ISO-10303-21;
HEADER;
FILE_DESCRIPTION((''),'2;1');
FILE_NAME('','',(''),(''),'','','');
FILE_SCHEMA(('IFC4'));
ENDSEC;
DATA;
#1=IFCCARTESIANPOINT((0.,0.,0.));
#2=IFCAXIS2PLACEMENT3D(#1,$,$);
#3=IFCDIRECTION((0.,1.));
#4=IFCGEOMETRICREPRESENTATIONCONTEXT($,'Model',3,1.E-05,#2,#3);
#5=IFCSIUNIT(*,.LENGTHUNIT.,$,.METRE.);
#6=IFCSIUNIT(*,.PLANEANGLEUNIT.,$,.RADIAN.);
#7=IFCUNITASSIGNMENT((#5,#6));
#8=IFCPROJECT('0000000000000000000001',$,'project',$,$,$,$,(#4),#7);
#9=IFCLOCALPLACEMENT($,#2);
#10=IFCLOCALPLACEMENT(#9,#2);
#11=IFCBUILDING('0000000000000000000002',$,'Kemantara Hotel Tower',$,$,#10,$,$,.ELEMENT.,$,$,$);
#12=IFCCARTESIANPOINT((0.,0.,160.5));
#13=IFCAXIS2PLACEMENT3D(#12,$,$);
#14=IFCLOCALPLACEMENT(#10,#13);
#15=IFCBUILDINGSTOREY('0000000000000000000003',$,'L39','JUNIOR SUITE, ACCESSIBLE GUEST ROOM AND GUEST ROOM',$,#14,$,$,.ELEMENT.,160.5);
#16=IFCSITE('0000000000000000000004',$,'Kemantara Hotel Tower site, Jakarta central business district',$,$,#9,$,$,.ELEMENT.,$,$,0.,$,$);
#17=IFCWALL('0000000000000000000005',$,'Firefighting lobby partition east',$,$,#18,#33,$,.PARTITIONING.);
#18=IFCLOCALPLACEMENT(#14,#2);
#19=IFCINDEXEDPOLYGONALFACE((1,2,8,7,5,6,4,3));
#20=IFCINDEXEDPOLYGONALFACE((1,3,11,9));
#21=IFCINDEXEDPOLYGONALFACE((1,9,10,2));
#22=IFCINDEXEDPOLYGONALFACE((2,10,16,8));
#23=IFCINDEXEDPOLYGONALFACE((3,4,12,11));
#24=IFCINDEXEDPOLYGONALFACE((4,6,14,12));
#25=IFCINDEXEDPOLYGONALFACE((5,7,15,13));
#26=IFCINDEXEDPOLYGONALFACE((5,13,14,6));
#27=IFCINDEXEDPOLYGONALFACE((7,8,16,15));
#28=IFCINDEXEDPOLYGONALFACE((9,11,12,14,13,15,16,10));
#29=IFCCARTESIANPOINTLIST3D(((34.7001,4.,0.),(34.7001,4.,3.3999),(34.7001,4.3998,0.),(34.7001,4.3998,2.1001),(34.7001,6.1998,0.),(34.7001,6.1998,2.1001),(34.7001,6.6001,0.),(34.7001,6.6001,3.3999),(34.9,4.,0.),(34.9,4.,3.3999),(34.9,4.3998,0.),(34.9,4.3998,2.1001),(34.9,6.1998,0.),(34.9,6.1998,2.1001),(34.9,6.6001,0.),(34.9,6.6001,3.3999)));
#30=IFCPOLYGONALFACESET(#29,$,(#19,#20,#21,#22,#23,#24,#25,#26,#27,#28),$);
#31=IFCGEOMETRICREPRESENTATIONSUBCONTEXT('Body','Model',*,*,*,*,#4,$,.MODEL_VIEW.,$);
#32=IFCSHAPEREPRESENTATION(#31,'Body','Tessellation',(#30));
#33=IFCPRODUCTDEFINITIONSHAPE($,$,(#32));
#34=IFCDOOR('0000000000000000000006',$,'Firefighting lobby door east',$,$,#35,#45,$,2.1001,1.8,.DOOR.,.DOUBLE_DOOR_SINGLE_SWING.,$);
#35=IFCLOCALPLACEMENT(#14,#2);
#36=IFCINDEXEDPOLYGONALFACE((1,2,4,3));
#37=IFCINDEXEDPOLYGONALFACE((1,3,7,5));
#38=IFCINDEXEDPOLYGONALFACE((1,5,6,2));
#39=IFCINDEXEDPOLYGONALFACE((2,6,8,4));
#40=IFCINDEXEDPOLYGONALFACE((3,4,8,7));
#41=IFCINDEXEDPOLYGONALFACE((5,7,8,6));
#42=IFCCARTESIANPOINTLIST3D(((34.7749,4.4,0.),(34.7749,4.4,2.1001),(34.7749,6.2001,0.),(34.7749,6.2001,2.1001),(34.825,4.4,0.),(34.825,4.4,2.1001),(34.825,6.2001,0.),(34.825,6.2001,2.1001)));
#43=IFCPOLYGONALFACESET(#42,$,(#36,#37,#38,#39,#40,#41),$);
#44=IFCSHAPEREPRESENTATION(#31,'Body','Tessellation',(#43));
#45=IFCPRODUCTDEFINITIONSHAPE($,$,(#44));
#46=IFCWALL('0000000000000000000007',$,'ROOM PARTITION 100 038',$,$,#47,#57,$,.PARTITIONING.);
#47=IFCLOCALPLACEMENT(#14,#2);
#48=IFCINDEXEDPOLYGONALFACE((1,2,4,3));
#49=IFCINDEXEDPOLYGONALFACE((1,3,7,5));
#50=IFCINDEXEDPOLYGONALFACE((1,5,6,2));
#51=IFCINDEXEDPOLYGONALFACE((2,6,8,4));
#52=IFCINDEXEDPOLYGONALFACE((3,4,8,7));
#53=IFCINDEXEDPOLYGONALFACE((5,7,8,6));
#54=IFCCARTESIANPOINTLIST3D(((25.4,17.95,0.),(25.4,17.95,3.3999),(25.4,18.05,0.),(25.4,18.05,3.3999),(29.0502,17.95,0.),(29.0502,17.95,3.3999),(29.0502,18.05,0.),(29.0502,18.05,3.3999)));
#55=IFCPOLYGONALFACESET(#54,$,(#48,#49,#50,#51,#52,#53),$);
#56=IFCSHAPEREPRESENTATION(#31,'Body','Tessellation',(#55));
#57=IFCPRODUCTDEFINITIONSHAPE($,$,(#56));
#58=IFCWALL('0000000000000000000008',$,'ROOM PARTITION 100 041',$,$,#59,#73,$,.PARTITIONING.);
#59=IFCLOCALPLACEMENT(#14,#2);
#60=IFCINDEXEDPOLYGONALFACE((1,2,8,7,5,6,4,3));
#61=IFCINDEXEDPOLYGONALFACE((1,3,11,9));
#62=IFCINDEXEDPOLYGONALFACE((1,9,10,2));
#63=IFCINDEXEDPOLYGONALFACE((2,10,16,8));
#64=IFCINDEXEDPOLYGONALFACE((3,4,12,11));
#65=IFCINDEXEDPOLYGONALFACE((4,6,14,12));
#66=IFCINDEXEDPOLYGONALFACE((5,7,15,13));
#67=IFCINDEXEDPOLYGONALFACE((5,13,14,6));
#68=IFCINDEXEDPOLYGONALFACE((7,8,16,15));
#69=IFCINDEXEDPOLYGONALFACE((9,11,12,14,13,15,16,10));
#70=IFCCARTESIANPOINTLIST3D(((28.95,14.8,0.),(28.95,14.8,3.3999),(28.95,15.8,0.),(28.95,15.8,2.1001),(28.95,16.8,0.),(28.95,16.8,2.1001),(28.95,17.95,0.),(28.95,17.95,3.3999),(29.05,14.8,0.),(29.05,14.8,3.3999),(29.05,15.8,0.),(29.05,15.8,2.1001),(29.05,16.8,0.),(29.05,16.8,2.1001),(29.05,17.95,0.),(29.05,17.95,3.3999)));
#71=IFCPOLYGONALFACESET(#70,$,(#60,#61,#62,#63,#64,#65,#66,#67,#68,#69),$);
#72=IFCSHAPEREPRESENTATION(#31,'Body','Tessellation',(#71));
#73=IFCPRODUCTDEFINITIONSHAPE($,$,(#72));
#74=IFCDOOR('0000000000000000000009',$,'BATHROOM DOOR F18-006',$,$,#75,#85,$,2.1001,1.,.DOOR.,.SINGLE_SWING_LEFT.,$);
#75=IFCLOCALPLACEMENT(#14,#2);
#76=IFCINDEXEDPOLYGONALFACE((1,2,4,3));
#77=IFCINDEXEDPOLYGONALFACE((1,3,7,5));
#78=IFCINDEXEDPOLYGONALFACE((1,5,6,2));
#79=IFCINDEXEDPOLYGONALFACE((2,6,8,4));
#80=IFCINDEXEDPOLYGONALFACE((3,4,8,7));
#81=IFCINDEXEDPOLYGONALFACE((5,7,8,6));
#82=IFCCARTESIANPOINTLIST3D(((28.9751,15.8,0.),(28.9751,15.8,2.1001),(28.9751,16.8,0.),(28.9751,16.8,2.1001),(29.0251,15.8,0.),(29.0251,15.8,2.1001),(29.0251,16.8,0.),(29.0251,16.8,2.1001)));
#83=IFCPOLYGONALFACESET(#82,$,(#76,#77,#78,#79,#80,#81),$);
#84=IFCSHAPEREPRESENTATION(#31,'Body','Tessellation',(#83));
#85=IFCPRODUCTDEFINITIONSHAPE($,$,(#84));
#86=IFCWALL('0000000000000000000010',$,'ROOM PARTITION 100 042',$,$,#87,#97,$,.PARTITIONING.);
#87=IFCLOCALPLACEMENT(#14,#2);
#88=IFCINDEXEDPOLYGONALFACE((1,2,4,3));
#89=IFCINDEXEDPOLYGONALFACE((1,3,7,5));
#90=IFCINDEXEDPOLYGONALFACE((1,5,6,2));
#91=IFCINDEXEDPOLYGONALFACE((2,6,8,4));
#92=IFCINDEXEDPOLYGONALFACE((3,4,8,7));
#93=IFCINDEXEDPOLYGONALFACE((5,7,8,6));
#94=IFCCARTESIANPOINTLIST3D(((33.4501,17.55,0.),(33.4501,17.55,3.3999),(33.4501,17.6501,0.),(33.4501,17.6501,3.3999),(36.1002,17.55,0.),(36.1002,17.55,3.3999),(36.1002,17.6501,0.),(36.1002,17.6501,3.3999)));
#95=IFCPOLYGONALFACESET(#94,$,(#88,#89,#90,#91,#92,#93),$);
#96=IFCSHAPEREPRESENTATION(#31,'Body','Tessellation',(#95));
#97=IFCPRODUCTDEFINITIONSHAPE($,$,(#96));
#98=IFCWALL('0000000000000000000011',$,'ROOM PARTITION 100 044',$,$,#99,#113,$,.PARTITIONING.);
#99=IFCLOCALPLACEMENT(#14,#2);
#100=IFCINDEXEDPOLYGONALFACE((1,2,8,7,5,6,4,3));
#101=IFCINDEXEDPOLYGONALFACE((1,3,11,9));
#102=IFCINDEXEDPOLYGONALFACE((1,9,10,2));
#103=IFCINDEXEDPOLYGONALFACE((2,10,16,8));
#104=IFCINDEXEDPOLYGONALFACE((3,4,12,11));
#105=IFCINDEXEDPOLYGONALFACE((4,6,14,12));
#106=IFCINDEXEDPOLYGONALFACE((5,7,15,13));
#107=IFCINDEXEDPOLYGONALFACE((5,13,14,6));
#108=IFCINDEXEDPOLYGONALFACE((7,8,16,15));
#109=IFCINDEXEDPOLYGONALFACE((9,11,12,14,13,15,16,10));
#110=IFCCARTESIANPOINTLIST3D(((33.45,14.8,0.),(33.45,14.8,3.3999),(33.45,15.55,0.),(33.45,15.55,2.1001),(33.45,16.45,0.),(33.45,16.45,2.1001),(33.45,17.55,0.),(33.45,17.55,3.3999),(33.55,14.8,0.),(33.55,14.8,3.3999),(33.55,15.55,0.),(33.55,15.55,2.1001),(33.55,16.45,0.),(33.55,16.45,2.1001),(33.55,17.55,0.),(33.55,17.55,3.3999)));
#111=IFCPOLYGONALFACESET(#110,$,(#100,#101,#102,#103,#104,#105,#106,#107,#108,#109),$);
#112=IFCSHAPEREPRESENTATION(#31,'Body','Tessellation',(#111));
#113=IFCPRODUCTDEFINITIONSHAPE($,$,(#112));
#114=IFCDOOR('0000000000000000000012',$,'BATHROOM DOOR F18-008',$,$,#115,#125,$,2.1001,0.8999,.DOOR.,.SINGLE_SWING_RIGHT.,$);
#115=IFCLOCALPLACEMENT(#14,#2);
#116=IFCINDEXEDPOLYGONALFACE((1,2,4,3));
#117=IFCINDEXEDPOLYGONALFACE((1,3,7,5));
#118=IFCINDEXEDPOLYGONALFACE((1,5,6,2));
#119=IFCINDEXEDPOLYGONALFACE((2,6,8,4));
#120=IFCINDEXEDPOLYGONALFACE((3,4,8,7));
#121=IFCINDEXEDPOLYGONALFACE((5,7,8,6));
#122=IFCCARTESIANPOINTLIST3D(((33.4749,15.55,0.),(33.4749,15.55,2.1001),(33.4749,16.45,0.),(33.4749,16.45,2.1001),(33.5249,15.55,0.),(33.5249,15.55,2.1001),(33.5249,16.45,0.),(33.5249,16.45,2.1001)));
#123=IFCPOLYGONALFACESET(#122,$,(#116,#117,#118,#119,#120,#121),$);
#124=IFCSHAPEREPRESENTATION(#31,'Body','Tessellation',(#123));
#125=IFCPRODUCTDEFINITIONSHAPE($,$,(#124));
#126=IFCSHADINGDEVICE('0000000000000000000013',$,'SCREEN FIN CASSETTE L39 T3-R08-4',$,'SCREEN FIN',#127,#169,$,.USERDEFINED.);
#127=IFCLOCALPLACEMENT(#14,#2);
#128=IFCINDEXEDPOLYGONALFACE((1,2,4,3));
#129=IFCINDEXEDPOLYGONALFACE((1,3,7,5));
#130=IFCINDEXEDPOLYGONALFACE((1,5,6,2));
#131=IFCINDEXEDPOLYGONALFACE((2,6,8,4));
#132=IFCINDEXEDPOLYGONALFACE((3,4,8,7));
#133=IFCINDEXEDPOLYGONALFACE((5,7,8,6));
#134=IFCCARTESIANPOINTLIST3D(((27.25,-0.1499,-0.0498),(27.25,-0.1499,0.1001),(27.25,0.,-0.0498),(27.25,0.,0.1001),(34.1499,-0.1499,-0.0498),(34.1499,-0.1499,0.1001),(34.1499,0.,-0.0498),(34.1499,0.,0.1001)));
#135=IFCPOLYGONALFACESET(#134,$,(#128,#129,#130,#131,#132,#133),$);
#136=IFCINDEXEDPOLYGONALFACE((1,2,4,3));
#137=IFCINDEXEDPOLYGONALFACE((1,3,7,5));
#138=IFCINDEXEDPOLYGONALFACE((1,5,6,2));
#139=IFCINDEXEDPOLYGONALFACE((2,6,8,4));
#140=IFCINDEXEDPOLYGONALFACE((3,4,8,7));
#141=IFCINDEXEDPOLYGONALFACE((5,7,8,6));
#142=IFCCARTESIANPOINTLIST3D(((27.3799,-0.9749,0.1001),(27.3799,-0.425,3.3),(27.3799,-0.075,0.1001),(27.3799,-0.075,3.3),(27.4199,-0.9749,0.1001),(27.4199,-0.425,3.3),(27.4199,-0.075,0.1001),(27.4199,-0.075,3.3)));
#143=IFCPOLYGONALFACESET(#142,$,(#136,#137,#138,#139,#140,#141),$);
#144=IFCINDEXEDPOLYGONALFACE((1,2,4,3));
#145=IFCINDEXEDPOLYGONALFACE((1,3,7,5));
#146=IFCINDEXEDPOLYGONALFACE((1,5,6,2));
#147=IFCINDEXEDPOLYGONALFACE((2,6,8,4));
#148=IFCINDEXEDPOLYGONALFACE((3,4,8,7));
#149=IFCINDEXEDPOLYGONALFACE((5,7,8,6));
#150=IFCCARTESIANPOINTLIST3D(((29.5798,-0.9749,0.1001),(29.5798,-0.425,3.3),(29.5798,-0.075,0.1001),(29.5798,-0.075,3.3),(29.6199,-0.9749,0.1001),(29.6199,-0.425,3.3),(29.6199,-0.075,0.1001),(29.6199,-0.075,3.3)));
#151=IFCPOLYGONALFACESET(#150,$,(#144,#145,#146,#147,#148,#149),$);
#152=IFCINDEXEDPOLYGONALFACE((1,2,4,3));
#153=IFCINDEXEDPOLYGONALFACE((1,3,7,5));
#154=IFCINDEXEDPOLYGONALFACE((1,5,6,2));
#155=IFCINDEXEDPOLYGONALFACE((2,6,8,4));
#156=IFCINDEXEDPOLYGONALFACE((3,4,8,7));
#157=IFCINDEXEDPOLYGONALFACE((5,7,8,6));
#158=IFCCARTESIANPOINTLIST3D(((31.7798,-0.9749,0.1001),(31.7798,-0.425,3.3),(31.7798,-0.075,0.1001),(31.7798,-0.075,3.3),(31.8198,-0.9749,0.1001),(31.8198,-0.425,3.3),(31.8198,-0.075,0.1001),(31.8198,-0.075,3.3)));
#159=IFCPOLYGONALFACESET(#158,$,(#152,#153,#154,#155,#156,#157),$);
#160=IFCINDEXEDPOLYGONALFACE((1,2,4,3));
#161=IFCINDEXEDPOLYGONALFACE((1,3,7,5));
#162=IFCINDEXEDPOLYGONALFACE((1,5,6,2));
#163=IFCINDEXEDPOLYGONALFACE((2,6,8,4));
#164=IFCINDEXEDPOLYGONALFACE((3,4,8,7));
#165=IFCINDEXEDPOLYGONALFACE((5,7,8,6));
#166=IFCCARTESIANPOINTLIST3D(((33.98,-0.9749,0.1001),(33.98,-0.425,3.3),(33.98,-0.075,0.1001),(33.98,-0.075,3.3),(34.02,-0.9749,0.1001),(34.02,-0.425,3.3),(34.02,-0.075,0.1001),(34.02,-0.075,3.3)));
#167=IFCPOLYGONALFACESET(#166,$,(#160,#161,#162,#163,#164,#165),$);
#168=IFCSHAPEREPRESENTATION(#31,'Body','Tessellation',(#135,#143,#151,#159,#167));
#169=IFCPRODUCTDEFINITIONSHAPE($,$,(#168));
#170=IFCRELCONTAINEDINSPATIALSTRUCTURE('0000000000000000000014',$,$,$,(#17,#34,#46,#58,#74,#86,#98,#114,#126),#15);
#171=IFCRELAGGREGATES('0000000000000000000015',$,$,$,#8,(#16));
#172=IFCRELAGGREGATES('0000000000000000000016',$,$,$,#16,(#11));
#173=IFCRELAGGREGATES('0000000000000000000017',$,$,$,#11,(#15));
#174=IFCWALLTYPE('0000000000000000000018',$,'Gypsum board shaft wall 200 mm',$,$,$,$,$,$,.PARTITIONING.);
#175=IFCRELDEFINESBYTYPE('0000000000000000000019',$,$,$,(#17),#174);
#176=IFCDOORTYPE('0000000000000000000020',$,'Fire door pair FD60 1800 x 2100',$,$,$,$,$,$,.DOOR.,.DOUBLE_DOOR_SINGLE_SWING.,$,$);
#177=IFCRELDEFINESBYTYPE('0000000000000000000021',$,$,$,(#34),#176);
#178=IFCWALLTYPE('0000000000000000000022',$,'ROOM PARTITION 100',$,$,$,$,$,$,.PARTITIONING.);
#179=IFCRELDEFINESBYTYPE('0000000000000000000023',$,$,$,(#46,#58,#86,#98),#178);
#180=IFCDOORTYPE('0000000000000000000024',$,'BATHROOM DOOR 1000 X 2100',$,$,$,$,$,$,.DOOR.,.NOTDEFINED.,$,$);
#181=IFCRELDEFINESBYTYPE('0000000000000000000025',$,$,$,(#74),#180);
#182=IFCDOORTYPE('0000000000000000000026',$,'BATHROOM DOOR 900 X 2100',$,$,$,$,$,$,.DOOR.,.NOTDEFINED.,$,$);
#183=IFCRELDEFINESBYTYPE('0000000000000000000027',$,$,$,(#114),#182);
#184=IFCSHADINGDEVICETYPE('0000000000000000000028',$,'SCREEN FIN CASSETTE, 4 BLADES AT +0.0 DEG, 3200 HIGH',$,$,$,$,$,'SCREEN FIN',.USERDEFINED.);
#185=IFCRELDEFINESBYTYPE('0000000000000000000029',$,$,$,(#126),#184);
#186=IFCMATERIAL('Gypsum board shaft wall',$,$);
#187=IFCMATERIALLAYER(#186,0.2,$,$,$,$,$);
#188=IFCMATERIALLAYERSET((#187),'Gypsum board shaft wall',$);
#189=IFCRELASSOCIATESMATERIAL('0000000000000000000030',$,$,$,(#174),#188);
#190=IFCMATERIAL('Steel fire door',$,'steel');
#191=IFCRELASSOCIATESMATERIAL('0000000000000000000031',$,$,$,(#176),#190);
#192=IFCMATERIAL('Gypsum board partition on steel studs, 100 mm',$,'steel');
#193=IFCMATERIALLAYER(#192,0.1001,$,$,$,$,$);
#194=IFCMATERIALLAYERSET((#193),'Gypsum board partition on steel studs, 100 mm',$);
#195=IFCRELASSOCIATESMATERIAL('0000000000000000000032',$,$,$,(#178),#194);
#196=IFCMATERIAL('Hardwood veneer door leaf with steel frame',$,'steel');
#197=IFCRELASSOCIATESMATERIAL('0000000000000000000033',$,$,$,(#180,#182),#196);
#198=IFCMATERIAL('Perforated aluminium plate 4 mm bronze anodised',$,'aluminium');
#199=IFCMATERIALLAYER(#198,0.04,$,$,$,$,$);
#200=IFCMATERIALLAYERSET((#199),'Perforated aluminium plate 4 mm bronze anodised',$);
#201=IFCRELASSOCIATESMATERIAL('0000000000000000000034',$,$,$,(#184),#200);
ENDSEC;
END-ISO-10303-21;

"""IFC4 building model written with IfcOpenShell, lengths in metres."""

from ifc_helpers import new_model, si_unit, direction, frame, frame_2d, origin, origin_2d, place, context, subcontext, project, spatial, polyline, rectangle, outline, extrude, source, transform, mapped, material, layer, layer_set, type_object, element, fill, save


model = new_model("IFC4")

# Units and contexts
model_context = context("Model", 3, precision=1e-05, world=origin(), true_north=direction((0.0, 1.0)))
body_context = subcontext(model_context, "Body", "Model", "MODEL_VIEW")
ifc_project = project(units=[si_unit("LENGTHUNIT", "METRE"), si_unit("PLANEANGLEUNIT", "RADIAN")], contexts=[model_context])

# Site, building, storey
site_placement = place(None, origin())
site = spatial("IfcSite", under=ifc_project, at=site_placement, Name="Kemantara Hotel Tower site, Jakarta central business district", CompositionType="ELEMENT", RefElevation=0.0)
building_placement = place(site_placement, origin())
building = spatial("IfcBuilding", under=site, at=building_placement, Name="Kemantara Hotel Tower", CompositionType="ELEMENT")
storey_placement = place(building_placement, frame((0.0, 0.0, 160.5)))
storey = spatial("IfcBuildingStorey", under=building, at=storey_placement, Name="L39", Description="JUNIOR SUITE, ACCESSIBLE GUEST ROOM AND GUEST ROOM", CompositionType="ELEMENT", Elevation=160.5)

# Shared definitions
ifc_material_1 = material(Name="Steel fire door", Category="steel")
ifc_material_2 = material(Name="Hardwood veneer door leaf with steel frame", Category="steel")

# Wall, opening, door
ifc_material_3 = material(Name="Gypsum board shaft wall")
ifc_layer_1 = layer(ifc_material_3, 0.2)
ifc_layer_set_1 = layer_set([ifc_layer_1], Name="Gypsum board shaft wall")
wall_type_1 = type_object("IfcWallType", Name="Gypsum board shaft wall 200 mm", PredefinedType="PARTITIONING", material=ifc_layer_set_1)
wall_1_placement = place(storey_placement, frame((34.8, 4.0, 0.0), z_axis=(0.0, 0.0, 1.0), x_axis=(0.0, 1.0, 0.0)))
wall_1 = element("IfcWall", 1, at=wall_1_placement, inside=storey, type_object=wall_type_1, Name="Firefighting lobby partition east", PredefinedType="PARTITIONING", context=body_context, shape_type="SweptSolid", body=[
    extrude(rectangle(XDim=2.6001, YDim=0.2, at=frame_2d((1.3, 0.0))), origin(), (0.0, 0.0, 1.0), 3.3999),
])
opening_1_placement = place(wall_1_placement, frame((0.3999, 0.0, 0.0)))
opening_1 = element("IfcOpeningElement", 2, at=opening_1_placement, cuts=wall_1, PredefinedType="OPENING", context=body_context, shape_type="SweptSolid", body=[
    extrude(rectangle(XDim=1.8, YDim=2.1001, at=frame_2d((0.8999, 1.05))), frame((0.0, 0.1099, 0.0), z_axis=(0.0, -1.0, 0.0), x_axis=(1.0, 0.0, 0.0)), (0.0, 0.0, 1.0), 0.22),
])
door_type_1 = type_object("IfcDoorType", Name="Fire door pair FD60 1800 x 2100", OperationType="DOUBLE_DOOR_SINGLE_SWING", PredefinedType="DOOR", material=ifc_material_1)
door_1_placement = place(opening_1_placement, frame((1.8, 0.0, 0.0), z_axis=(0.0, 0.0, 1.0), x_axis=(-1.0, 0.0, 0.0)))
door_1 = element("IfcDoor", 3, at=door_1_placement, inside=storey, type_object=door_type_1, Name="Firefighting lobby door east", OperationType="DOUBLE_DOOR_SINGLE_SWING", OverallHeight=2.1001, OverallWidth=1.8, PredefinedType="DOOR", context=body_context, shape_type="SweptSolid", body=[
    extrude(rectangle(XDim=1.8, YDim=2.1001, at=frame_2d((0.8999, 1.05))), frame((0.0, 0.0249, 0.0), z_axis=(0.0, -1.0, 0.0), x_axis=(1.0, 0.0, 0.0)), (0.0, 0.0, 1.0), 0.05),
])
fill(opening_1, door_1)

# Wall
ifc_material_4 = material(Name="Gypsum board partition on steel studs, 100 mm", Category="steel")
ifc_layer_2 = layer(ifc_material_4, 0.1001)
ifc_layer_set_2 = layer_set([ifc_layer_2], Name="Gypsum board partition on steel studs, 100 mm")
wall_type_2 = type_object("IfcWallType", Name="ROOM PARTITION 100", PredefinedType="PARTITIONING", material=ifc_layer_set_2)
wall_2_placement = place(storey_placement, frame((25.3999, 18.0, 0.0), z_axis=(0.0, 0.0, 1.0), x_axis=(1.0, 0.0, 0.0)))
element("IfcWall", 4, at=wall_2_placement, inside=storey, type_object=wall_type_2, Name="ROOM PARTITION 100 038", PredefinedType="PARTITIONING", context=body_context, shape_type="SweptSolid", body=[
    extrude(rectangle(XDim=3.6501, YDim=0.1001, at=frame_2d((1.8252, 0.0))), origin(), (0.0, 0.0, 1.0), 3.3999),
])

# Wall, opening, door
wall_3_placement = place(storey_placement, frame((29.0, 14.8, 0.0), z_axis=(0.0, 0.0, 1.0), x_axis=(0.0, 1.0, 0.0)))
wall_3 = element("IfcWall", 5, at=wall_3_placement, inside=storey, type_object=wall_type_2, Name="ROOM PARTITION 100 041", PredefinedType="PARTITIONING", context=body_context, shape_type="SweptSolid", body=[
    extrude(rectangle(XDim=3.1499, YDim=0.1001, at=frame_2d((1.575, 0.0))), origin(), (0.0, 0.0, 1.0), 3.3999),
])
opening_2_placement = place(wall_3_placement, frame((1.0, 0.0, 0.0)))
opening_2 = element("IfcOpeningElement", 6, at=opening_2_placement, cuts=wall_3, PredefinedType="OPENING", context=body_context, shape_type="SweptSolid", body=[
    extrude(rectangle(XDim=1.0, YDim=2.1001, at=frame_2d((0.5, 1.05))), frame((0.0, 0.0601, 0.0), z_axis=(0.0, -1.0, 0.0), x_axis=(1.0, 0.0, 0.0)), (0.0, 0.0, 1.0), 0.1201),
])
door_type_2 = type_object("IfcDoorType", Name="BATHROOM DOOR 1000 X 2100", OperationType="NOTDEFINED", PredefinedType="DOOR", material=ifc_material_2)
door_2_placement = place(opening_2_placement, origin())
door_2 = element("IfcDoor", 7, at=door_2_placement, inside=storey, type_object=door_type_2, Name="BATHROOM DOOR F18-006", OperationType="SINGLE_SWING_LEFT", OverallHeight=2.1001, OverallWidth=1.0, PredefinedType="DOOR", context=body_context, shape_type="SweptSolid", body=[
    extrude(rectangle(XDim=1.0, YDim=2.1001, at=frame_2d((0.5, 1.05))), frame((0.0, 0.0249, 0.0), z_axis=(0.0, -1.0, 0.0), x_axis=(1.0, 0.0, 0.0)), (0.0, 0.0, 1.0), 0.05),
])
fill(opening_2, door_2)

# Wall
wall_4_placement = place(storey_placement, frame((33.45, 17.6001, 0.0), z_axis=(0.0, 0.0, 1.0), x_axis=(1.0, 0.0, 0.0)))
element("IfcWall", 8, at=wall_4_placement, inside=storey, type_object=wall_type_2, Name="ROOM PARTITION 100 042", PredefinedType="PARTITIONING", context=body_context, shape_type="SweptSolid", body=[
    extrude(rectangle(XDim=2.6501, YDim=0.1001, at=frame_2d((1.3252, 0.0))), origin(), (0.0, 0.0, 1.0), 3.3999),
])

# Wall, opening, door
wall_5_placement = place(storey_placement, frame((33.5, 17.55, 0.0), z_axis=(0.0, 0.0, 1.0), x_axis=(0.0, -1.0, 0.0)))
wall_5 = element("IfcWall", 9, at=wall_5_placement, inside=storey, type_object=wall_type_2, Name="ROOM PARTITION 100 044", PredefinedType="PARTITIONING", context=body_context, shape_type="SweptSolid", body=[
    extrude(rectangle(XDim=2.75, YDim=0.1001, at=frame_2d((1.375, 0.0))), origin(), (0.0, 0.0, 1.0), 3.3999),
])
opening_3_placement = place(wall_5_placement, frame((1.1001, 0.0, 0.0)))
opening_3 = element("IfcOpeningElement", 10, at=opening_3_placement, cuts=wall_5, PredefinedType="OPENING", context=body_context, shape_type="SweptSolid", body=[
    extrude(rectangle(XDim=0.8999, YDim=2.1001, at=frame_2d((0.45, 1.05))), frame((0.0, 0.0601, 0.0), z_axis=(0.0, -1.0, 0.0), x_axis=(1.0, 0.0, 0.0)), (0.0, 0.0, 1.0), 0.1201),
])
door_type_3 = type_object("IfcDoorType", Name="BATHROOM DOOR 900 X 2100", OperationType="NOTDEFINED", PredefinedType="DOOR", material=ifc_material_2)
door_3_placement = place(opening_3_placement, origin())
door_3 = element("IfcDoor", 11, at=door_3_placement, inside=storey, type_object=door_type_3, Name="BATHROOM DOOR F18-008", OperationType="SINGLE_SWING_RIGHT", OverallHeight=2.1001, OverallWidth=0.8999, PredefinedType="DOOR", context=body_context, shape_type="SweptSolid", body=[
    extrude(rectangle(XDim=0.8999, YDim=2.1001, at=frame_2d((0.45, 1.05))), frame((0.0, 0.0249, 0.0), z_axis=(0.0, -1.0, 0.0), x_axis=(1.0, 0.0, 0.0)), (0.0, 0.0, 1.0), 0.05),
])
fill(opening_3, door_3)

# Shading device
ifc_material_5 = material(Name="Perforated aluminium plate 4 mm bronze anodised", Category="aluminium")
ifc_layer_3 = layer(ifc_material_5, 0.04)
ifc_layer_set_3 = layer_set([ifc_layer_3], Name="Perforated aluminium plate 4 mm bronze anodised")
shading_device_type_1 = type_object("IfcShadingDeviceType", Name="SCREEN FIN CASSETTE, 4 BLADES AT +0.0 DEG, 3200 HIGH", ElementType="SCREEN FIN", PredefinedType="USERDEFINED", material=ifc_layer_set_3)
shared_shape_1 = source(origin(), body_context, "Body", "SweptSolid", [
    extrude(rectangle(XDim=6.8999, YDim=0.1499, at=origin_2d()), frame((3.3, -0.075, -0.1499), z_axis=(0.0, 0.0, 1.0), x_axis=(1.0, 0.0, 0.0)), (0.0, 0.0, 1.0), 0.1499),
    extrude(outline(polyline([(0.0, 0.0), (0.8999, 0.0), (0.3501, 3.2), (0.0, 3.2), (0.0, 0.0)])), frame((0.02, -0.075, 0.0), z_axis=(-1.0, 0.0, 0.0), x_axis=(0.0, -1.0, 0.0)), (0.0, 0.0, 1.0), 0.04),
    extrude(outline(polyline([(0.0, 0.0), (0.8999, 0.0), (0.3501, 3.2), (0.0, 3.2), (0.0, 0.0)])), frame((2.22, -0.075, 0.0), z_axis=(-1.0, 0.0, 0.0), x_axis=(0.0, -1.0, 0.0)), (0.0, 0.0, 1.0), 0.04),
    extrude(outline(polyline([(0.0, 0.0), (0.8999, 0.0), (0.3501, 3.2), (0.0, 3.2), (0.0, 0.0)])), frame((4.4199, -0.075, 0.0), z_axis=(-1.0, 0.0, 0.0), x_axis=(0.0, -1.0, 0.0)), (0.0, 0.0, 1.0), 0.04),
    extrude(outline(polyline([(0.0, 0.0), (0.8999, 0.0), (0.3501, 3.2), (0.0, 3.2), (0.0, 0.0)])), frame((6.6201, -0.075, 0.0), z_axis=(-1.0, 0.0, 0.0), x_axis=(0.0, -1.0, 0.0)), (0.0, 0.0, 1.0), 0.04),
])
shading_device_1_placement = place(storey_placement, frame((27.3999, 0.0, 0.1001), z_axis=(0.0, 0.0, 1.0), x_axis=(1.0, 0.0, 0.0)))
element("IfcShadingDevice", 12, at=shading_device_1_placement, inside=storey, type_object=shading_device_type_1, Name="SCREEN FIN CASSETTE L39 T3-R08-4", ObjectType="SCREEN FIN", PredefinedType="USERDEFINED", context=body_context, shape_type="MappedRepresentation", body=[
    mapped(shared_shape_1, transform((0.0, 0.0, 0.0))),
])

save(model, "model.ifc")
